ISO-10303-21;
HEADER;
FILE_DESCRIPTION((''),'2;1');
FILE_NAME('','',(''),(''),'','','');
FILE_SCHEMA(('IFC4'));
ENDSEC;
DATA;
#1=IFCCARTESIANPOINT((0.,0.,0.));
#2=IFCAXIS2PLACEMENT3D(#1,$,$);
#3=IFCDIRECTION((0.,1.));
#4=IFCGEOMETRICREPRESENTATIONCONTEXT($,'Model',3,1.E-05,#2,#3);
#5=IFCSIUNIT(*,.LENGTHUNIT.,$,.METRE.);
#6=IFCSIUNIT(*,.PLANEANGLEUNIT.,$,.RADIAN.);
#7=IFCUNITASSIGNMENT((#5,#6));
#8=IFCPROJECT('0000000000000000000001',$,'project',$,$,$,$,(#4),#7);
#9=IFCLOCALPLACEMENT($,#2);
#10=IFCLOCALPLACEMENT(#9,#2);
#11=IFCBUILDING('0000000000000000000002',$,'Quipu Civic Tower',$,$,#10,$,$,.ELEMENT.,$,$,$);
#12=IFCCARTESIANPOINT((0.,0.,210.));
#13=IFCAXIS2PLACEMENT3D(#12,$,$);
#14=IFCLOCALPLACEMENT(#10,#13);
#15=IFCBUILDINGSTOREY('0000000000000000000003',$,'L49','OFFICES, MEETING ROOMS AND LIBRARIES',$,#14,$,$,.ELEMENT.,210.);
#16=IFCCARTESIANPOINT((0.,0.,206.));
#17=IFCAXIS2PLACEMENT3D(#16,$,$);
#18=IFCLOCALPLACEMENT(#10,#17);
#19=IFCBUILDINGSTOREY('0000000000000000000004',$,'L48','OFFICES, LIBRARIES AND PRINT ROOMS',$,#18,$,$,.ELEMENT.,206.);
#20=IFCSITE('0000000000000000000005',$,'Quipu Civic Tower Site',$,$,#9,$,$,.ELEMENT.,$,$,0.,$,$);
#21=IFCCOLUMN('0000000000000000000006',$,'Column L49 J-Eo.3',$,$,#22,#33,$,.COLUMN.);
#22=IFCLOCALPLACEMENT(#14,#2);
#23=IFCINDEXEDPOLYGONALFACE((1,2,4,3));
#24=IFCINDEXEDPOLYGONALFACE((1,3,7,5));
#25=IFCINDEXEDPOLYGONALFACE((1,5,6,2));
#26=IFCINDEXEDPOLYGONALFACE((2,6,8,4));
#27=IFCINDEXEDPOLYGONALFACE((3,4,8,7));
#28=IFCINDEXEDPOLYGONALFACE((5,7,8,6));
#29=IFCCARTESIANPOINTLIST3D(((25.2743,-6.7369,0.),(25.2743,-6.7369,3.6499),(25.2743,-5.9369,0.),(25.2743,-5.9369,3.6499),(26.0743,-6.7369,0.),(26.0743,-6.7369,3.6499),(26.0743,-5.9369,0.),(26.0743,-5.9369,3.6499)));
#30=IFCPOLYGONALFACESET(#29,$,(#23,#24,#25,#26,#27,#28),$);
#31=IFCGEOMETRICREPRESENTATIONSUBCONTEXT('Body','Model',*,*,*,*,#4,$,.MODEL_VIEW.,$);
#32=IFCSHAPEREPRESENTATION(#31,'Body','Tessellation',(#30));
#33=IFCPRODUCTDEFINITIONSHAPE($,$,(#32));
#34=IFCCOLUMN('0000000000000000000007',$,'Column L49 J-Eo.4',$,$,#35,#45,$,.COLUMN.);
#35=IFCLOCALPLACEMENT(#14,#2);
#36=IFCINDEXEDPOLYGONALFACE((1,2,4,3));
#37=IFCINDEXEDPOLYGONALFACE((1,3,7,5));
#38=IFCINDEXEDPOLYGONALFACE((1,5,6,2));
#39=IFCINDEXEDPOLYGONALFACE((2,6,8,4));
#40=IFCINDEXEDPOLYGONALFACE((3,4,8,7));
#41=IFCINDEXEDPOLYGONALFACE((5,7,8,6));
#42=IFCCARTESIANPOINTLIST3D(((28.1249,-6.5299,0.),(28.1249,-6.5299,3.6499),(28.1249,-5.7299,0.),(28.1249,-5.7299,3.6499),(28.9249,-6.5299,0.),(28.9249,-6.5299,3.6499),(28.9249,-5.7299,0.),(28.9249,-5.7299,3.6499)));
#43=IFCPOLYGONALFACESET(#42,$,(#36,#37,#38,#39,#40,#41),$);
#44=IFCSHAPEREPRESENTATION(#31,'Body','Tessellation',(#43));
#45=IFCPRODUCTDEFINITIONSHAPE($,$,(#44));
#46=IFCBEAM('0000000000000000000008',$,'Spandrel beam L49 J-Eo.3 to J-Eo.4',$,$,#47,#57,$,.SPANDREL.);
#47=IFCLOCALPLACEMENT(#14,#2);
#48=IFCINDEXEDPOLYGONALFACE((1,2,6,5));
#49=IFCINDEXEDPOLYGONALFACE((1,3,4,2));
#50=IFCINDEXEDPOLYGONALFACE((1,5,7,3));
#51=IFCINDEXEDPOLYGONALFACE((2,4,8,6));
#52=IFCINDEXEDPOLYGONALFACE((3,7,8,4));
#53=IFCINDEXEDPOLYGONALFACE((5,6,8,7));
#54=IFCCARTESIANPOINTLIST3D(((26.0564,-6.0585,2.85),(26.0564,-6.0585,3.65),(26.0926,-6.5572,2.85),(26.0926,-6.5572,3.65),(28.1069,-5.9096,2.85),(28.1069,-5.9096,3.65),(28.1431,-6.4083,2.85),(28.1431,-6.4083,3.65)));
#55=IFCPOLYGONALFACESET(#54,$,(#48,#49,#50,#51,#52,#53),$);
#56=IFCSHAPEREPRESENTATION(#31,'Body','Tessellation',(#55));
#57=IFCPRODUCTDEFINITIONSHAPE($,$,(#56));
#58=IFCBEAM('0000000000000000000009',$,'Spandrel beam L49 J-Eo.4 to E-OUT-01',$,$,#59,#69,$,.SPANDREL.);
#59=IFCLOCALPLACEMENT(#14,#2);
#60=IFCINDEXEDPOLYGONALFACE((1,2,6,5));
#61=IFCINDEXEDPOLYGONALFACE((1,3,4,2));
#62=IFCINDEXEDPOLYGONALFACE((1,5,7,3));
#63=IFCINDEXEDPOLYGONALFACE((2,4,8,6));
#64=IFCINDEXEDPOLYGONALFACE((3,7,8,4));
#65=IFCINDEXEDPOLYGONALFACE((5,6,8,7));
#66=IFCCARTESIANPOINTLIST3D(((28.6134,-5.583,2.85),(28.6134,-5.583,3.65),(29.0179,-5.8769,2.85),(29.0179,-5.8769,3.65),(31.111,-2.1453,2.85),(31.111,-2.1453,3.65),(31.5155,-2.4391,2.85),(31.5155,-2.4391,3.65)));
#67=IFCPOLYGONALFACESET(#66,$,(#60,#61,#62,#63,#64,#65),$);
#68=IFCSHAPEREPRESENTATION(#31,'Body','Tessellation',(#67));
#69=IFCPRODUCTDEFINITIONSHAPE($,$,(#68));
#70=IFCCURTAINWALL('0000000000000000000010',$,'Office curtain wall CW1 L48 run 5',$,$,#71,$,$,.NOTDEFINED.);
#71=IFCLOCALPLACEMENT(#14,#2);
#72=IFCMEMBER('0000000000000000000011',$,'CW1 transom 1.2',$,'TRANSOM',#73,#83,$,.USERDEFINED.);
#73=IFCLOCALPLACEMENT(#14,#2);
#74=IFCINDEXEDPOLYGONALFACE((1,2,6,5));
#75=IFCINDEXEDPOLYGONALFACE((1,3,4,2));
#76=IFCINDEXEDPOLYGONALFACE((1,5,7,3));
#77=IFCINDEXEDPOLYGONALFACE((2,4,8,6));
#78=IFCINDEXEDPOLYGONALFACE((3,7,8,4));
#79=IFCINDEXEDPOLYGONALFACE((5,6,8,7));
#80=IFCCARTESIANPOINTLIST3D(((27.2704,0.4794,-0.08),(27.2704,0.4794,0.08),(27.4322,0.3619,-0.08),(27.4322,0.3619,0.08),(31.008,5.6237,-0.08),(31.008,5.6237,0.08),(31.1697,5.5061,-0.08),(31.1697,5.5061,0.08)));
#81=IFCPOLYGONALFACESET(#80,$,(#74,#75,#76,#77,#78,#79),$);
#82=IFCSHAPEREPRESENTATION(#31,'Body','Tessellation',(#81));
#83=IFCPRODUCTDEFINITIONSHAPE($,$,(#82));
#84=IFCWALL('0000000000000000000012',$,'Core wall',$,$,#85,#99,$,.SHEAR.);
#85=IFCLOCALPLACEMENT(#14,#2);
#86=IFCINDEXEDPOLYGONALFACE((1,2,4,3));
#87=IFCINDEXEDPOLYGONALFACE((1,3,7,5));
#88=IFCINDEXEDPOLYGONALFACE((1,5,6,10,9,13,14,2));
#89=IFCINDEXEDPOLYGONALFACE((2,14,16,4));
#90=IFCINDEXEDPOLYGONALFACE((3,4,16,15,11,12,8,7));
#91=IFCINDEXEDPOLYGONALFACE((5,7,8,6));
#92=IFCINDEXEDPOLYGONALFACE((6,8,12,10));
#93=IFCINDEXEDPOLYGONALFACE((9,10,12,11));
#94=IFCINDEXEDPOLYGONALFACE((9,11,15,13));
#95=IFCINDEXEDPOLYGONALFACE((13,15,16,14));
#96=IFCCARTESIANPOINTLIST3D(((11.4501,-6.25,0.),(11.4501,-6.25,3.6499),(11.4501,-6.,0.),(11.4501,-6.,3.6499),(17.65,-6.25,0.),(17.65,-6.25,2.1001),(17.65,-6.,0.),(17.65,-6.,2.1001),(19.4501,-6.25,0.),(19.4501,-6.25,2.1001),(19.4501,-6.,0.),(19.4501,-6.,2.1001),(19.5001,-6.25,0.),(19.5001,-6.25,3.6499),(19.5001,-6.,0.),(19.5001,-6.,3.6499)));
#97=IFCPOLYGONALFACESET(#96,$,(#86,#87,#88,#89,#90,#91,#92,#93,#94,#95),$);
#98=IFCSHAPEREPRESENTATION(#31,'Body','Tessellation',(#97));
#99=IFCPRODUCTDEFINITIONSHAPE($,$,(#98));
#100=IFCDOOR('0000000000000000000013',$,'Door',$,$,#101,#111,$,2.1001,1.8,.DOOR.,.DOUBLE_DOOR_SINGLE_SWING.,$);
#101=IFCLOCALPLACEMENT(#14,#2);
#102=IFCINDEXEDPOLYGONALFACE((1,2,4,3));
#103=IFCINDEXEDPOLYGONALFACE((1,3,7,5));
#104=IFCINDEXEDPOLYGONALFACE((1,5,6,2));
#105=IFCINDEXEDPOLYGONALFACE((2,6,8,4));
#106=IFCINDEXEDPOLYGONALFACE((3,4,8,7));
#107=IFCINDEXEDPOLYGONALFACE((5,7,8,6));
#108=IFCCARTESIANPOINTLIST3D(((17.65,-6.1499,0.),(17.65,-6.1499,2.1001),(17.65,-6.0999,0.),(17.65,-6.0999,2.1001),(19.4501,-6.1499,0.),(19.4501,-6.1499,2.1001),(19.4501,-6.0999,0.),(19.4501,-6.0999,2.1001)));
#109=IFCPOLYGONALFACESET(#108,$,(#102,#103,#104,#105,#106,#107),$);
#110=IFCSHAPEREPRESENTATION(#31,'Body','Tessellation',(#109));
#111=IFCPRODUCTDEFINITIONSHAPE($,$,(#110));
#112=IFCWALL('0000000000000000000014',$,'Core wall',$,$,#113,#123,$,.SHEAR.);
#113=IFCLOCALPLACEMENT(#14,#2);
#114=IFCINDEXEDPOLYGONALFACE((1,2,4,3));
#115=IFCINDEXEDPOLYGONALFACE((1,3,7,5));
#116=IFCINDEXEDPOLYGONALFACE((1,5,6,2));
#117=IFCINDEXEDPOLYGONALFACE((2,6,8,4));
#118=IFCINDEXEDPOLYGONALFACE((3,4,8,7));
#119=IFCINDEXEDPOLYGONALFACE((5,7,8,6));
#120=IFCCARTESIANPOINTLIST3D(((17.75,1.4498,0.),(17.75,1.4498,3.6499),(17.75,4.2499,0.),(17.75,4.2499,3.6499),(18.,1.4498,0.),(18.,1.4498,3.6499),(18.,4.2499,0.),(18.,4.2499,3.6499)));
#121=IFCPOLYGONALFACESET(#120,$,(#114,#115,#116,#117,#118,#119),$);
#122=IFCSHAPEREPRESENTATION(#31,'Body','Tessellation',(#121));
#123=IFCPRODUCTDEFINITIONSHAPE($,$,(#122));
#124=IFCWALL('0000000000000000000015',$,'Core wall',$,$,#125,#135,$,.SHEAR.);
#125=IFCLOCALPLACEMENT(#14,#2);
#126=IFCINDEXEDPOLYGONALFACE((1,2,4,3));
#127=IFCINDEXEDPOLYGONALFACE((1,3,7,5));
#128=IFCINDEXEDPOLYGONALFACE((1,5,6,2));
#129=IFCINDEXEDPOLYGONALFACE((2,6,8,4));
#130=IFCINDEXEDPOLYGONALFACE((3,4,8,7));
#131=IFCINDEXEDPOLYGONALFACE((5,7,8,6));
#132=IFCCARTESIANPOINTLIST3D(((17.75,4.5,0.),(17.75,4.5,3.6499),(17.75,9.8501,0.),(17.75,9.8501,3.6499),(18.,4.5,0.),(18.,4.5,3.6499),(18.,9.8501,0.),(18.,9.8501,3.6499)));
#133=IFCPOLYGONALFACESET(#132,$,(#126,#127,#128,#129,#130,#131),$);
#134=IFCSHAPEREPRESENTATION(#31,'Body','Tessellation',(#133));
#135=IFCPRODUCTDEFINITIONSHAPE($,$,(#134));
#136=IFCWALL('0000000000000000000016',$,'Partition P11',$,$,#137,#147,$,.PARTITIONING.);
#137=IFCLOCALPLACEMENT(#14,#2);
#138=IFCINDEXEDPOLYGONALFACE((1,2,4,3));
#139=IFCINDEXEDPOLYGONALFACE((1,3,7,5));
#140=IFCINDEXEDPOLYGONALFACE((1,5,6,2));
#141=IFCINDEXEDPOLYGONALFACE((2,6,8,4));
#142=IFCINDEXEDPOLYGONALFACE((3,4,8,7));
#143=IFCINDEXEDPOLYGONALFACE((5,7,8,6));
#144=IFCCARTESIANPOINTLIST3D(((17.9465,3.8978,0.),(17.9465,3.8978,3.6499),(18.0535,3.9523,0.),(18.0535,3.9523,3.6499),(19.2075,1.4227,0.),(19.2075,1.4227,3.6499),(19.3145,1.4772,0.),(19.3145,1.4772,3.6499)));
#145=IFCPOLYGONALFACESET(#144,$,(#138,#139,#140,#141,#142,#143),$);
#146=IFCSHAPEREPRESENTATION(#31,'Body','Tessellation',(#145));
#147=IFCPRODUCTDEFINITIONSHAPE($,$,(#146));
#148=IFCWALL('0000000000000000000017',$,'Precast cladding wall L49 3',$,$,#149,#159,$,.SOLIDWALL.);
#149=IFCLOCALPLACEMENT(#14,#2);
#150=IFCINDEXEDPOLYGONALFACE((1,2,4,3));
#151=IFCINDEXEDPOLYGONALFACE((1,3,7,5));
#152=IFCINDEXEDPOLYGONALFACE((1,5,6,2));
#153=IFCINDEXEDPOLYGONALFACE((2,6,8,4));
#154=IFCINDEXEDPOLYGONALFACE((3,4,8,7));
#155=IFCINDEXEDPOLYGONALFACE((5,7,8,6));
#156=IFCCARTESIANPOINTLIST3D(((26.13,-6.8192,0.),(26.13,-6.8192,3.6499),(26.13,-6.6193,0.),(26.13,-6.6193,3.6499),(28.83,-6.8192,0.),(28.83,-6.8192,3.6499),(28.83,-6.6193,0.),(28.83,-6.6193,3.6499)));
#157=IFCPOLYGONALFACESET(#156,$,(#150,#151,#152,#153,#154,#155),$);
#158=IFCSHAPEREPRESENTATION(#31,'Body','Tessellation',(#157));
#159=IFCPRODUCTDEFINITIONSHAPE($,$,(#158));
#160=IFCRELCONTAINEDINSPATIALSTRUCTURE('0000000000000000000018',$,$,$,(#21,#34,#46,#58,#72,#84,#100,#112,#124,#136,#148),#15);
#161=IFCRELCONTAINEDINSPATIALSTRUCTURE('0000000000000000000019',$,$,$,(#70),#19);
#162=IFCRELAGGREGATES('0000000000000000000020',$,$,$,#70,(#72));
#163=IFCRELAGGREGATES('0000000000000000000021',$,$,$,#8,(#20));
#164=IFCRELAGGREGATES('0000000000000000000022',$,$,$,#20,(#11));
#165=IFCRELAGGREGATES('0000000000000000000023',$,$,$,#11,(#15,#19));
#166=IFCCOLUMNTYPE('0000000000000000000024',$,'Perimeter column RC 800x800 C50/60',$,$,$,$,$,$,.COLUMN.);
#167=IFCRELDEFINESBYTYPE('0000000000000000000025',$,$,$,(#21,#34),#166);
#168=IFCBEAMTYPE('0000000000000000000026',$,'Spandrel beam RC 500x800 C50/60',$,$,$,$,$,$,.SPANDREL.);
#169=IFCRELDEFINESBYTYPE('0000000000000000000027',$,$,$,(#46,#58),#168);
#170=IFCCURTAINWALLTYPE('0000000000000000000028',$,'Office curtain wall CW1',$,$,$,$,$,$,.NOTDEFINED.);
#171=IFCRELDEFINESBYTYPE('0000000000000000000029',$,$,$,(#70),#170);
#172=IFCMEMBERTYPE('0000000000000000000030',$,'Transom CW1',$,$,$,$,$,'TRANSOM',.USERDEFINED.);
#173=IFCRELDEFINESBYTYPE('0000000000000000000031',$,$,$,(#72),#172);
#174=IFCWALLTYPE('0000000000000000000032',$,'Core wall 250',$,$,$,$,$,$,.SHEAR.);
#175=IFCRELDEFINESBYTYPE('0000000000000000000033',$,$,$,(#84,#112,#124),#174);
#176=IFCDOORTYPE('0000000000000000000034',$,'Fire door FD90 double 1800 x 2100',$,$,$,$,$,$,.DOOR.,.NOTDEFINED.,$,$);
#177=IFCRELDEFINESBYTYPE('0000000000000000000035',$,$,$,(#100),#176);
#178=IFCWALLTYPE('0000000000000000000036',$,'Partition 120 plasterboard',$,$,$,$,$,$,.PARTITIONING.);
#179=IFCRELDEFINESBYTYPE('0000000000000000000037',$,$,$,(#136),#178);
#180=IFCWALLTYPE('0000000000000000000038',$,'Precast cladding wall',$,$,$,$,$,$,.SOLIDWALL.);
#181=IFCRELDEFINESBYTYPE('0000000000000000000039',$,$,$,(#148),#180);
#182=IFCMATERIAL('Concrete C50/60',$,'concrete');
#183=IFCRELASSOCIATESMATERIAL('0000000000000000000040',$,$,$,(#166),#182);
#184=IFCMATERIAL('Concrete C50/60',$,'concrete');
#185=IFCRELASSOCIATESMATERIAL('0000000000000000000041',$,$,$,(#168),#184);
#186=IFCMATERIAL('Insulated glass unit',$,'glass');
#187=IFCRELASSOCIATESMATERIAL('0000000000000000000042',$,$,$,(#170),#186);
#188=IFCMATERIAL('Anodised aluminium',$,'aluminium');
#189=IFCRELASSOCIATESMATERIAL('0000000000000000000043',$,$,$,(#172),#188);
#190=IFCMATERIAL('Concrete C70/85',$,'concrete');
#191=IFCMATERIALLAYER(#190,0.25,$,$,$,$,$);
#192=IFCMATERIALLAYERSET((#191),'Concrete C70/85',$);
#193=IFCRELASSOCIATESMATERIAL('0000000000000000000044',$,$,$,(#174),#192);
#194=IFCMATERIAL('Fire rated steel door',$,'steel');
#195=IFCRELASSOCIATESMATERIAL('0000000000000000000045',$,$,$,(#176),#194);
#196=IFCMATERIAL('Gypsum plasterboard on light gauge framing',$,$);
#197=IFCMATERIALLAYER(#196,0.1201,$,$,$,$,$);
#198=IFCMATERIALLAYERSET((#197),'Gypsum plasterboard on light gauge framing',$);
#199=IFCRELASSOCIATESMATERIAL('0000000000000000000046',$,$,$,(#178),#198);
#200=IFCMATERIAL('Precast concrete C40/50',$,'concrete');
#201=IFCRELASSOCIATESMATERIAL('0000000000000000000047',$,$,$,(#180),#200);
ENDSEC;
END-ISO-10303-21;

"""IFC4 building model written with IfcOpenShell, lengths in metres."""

from ifc_helpers import new_model, si_unit, direction, frame, frame_2d, origin, origin_2d, place, context, subcontext, project, spatial, rectangle, extrude, material, layer, layer_set, material_profile, profile_set, type_object, element, fill, aggregate, save


model = new_model("IFC4")

# Units and contexts
model_context = context("Model", 3, precision=1e-05, world=origin(), true_north=direction((0.0, 1.0)))
body_context = subcontext(model_context, "Body", "Model", "MODEL_VIEW")
ifc_project = project(units=[si_unit("LENGTHUNIT", "METRE"), si_unit("PLANEANGLEUNIT", "RADIAN")], contexts=[model_context])

# Site, building, storey
site_placement = place(None, origin())
site = spatial("IfcSite", under=ifc_project, at=site_placement, Name="Quipu Civic Tower Site", CompositionType="ELEMENT", RefElevation=0.0)
building_placement = place(site_placement, origin())
building = spatial("IfcBuilding", under=site, at=building_placement, Name="Quipu Civic Tower", CompositionType="ELEMENT")
storey_1_placement = place(building_placement, frame((0.0, 0.0, 210.0)))
storey_1 = spatial("IfcBuildingStorey", under=building, at=storey_1_placement, Name="L49", Description="OFFICES, MEETING ROOMS AND LIBRARIES", CompositionType="ELEMENT", Elevation=210.0)

# Columns
ifc_material_1 = material(Name="Concrete C50/60", Category="concrete")
ifc_material_profile_1 = material_profile(ifc_material_1, rectangle(XDim=0.8, YDim=0.8, at=origin_2d()), Name="RC800x800")
ifc_profile_set_1 = profile_set([ifc_material_profile_1], Name="Concrete C50/60")
column_type = type_object("IfcColumnType", Name="Perimeter column RC 800x800 C50/60", PredefinedType="COLUMN", material=ifc_profile_set_1)
for number, where, z_axis, x_axis, name in (
    (1, (25.6743, -6.3369, 0.0), (0.0, 0.0, 1.0), (1.0, 0.0, 0.0), "Column L49 J-Eo.3"),
    (2, (28.5249, -6.1299, 0.0), (0.0, 0.0, 1.0), (1.0, 0.0, 0.0), "Column L49 J-Eo.4"),
):
    element("IfcColumn", number, at=place(storey_1_placement, frame(where, z_axis=z_axis, x_axis=x_axis)), inside=storey_1, type_object=column_type, Name=name, PredefinedType="COLUMN", context=body_context, shape_type="SweptSolid", body=[
        extrude(rectangle(XDim=0.8, YDim=0.8, at=origin_2d()), origin(), (0.0, 0.0, 1.0), 3.6499),
    ])

# Beams
ifc_material_2 = material(Name="Concrete C50/60", Category="concrete")
ifc_material_profile_2 = material_profile(ifc_material_2, rectangle(XDim=0.5, YDim=0.8, at=origin_2d()), Name="RC500x800")
ifc_profile_set_2 = profile_set([ifc_material_profile_2], Name="Concrete C50/60")
beam_type = type_object("IfcBeamType", Name="Spandrel beam RC 500x800 C50/60", PredefinedType="SPANDREL", material=ifc_profile_set_2)
beam_1_placement = place(storey_1_placement, frame((26.0745, -6.3079, 3.25), z_axis=(0.997373, 0.072437, 0.0), x_axis=(-0.072437, 0.997373, 0.0)))
element("IfcBeam", 3, at=beam_1_placement, inside=storey_1, type_object=beam_type, Name="Spandrel beam L49 J-Eo.3 to J-Eo.4", PredefinedType="SPANDREL", context=body_context, shape_type="SweptSolid", body=[
    extrude(rectangle(XDim=0.5, YDim=0.8, at=origin_2d()), origin(), (0.0, 0.0, 1.0), 2.0559),
])
beam_2_placement = place(storey_1_placement, frame((28.8157, -5.73, 3.25), z_axis=(0.587769, 0.809029, 0.0), x_axis=(-0.809029, 0.587769, 0.0)))
element("IfcBeam", 4, at=beam_2_placement, inside=storey_1, type_object=beam_type, Name="Spandrel beam L49 J-Eo.4 to E-OUT-01", PredefinedType="SPANDREL", context=body_context, shape_type="SweptSolid", body=[
    extrude(rectangle(XDim=0.5, YDim=0.8, at=origin_2d()), origin(), (0.0, 0.0, 1.0), 4.2493),
])

# Shared definitions
storey_2_placement = place(building_placement, frame((0.0, 0.0, 206.0)))
storey_2 = spatial("IfcBuildingStorey", under=building, at=storey_2_placement, Name="L48", Description="OFFICES, LIBRARIES AND PRINT ROOMS", CompositionType="ELEMENT", Elevation=206.0)

# Curtain wall, member
ifc_material_3 = material(Name="Insulated glass unit", Category="glass")
curtain_wall_type = type_object("IfcCurtainWallType", Name="Office curtain wall CW1", PredefinedType="NOTDEFINED", material=ifc_material_3)
curtain_wall_placement = place(storey_2_placement, origin())
curtain_wall = element("IfcCurtainWall", 5, at=curtain_wall_placement, inside=storey_2, type_object=curtain_wall_type, Name="Office curtain wall CW1 L48 run 5", PredefinedType="NOTDEFINED")
ifc_material_4 = material(Name="Anodised aluminium", Category="aluminium")
ifc_material_profile_3 = material_profile(ifc_material_4, rectangle(XDim=0.2, YDim=0.1599, at=origin_2d()), Name="RECT 200x160")
ifc_profile_set_3 = profile_set([ifc_material_profile_3], Name="Anodised aluminium")
member_type = type_object("IfcMemberType", Name="Transom CW1", ElementType="TRANSOM", PredefinedType="USERDEFINED", material=ifc_profile_set_3)
member_placement = place(storey_1_placement, frame((27.3513, 0.4207, 0.0), z_axis=(0.587786, 0.809017, 0.0), x_axis=(-0.809017, 0.587786, 0.0)))
member = element("IfcMember", 6, at=member_placement, inside=storey_1, type_object=member_type, Name="CW1 transom 1.2", ObjectType="TRANSOM", PredefinedType="USERDEFINED", context=body_context, shape_type="SweptSolid", body=[
    extrude(rectangle(XDim=0.2, YDim=0.1599, at=origin_2d()), origin(), (0.0, 0.0, 1.0), 6.3586),
])
aggregate(curtain_wall, [member])

# Wall, opening, door
ifc_material_5 = material(Name="Concrete C70/85", Category="concrete")
ifc_layer_1 = layer(ifc_material_5, 0.25)
ifc_layer_set_1 = layer_set([ifc_layer_1], Name="Concrete C70/85")
wall_type_1 = type_object("IfcWallType", Name="Core wall 250", PredefinedType="SHEAR", material=ifc_layer_set_1)
wall_1_placement = place(storey_1_placement, frame((19.5, -6.125, 0.0), z_axis=(0.0, 0.0, 1.0), x_axis=(-1.0, 0.0, 0.0)))
wall_1 = element("IfcWall", 7, at=wall_1_placement, inside=storey_1, type_object=wall_type_1, Name="Core wall", PredefinedType="SHEAR", context=body_context, shape_type="SweptSolid", body=[
    extrude(rectangle(XDim=8.05, YDim=0.25, at=frame_2d((4.0249, 0.0))), origin(), (0.0, 0.0, 1.0), 3.6499),
])
opening_1_placement = place(wall_1_placement, frame((0.05, 0.0, 0.0)))
opening_1 = element("IfcOpeningElement", 8, at=opening_1_placement, cuts=wall_1, PredefinedType="OPENING", context=body_context, shape_type="SweptSolid", body=[
    extrude(rectangle(XDim=1.8, YDim=2.1001, at=frame_2d((0.8999, 1.05))), frame((0.0, 0.135, 0.0), z_axis=(0.0, -1.0, 0.0), x_axis=(1.0, 0.0, 0.0)), (0.0, 0.0, 1.0), 0.27),
])
ifc_material_6 = material(Name="Fire rated steel door", Category="steel")
door_type_1 = type_object("IfcDoorType", Name="Fire door FD90 double 1800 x 2100", OperationType="NOTDEFINED", PredefinedType="DOOR", material=ifc_material_6)
door_1_placement = place(opening_1_placement, origin())
door_1 = element("IfcDoor", 9, at=door_1_placement, inside=storey_1, type_object=door_type_1, Name="Door", OperationType="DOUBLE_DOOR_SINGLE_SWING", OverallHeight=2.1001, OverallWidth=1.8, PredefinedType="DOOR", context=body_context, shape_type="SweptSolid", body=[
    extrude(rectangle(XDim=1.8, YDim=2.1001, at=frame_2d((0.8999, 1.05))), frame((0.0, 0.0249, 0.0), z_axis=(0.0, -1.0, 0.0), x_axis=(1.0, 0.0, 0.0)), (0.0, 0.0, 1.0), 0.05),
])
fill(opening_1, door_1)

# Walls
wall_2_placement = place(storey_1_placement, frame((17.875, 1.45, 0.0), z_axis=(0.0, 0.0, 1.0), x_axis=(0.0, 1.0, 0.0)))
element("IfcWall", 10, at=wall_2_placement, inside=storey_1, type_object=wall_type_1, Name="Core wall", PredefinedType="SHEAR", context=body_context, shape_type="SweptSolid", body=[
    extrude(rectangle(XDim=2.8, YDim=0.25, at=frame_2d((1.3999, 0.0))), origin(), (0.0, 0.0, 1.0), 3.6499),
])
wall_3_placement = place(storey_1_placement, frame((17.875, 4.5, 0.0), z_axis=(0.0, 0.0, 1.0), x_axis=(0.0, 1.0, 0.0)))
element("IfcWall", 11, at=wall_3_placement, inside=storey_1, type_object=wall_type_1, Name="Core wall", PredefinedType="SHEAR", context=body_context, shape_type="SweptSolid", body=[
    extrude(rectangle(XDim=5.3501, YDim=0.25, at=frame_2d((2.675, 0.0))), origin(), (0.0, 0.0, 1.0), 3.6499),
])

# Walls
ifc_material_7 = material(Name="Gypsum plasterboard on light gauge framing")
ifc_layer_2 = layer(ifc_material_7, 0.1201)
ifc_layer_set_2 = layer_set([ifc_layer_2], Name="Gypsum plasterboard on light gauge framing")
wall_type_2 = type_object("IfcWallType", Name="Partition 120 plasterboard", PredefinedType="PARTITIONING", material=ifc_layer_set_2)
wall_4_placement = place(storey_1_placement, frame((18.0, 3.925, 0.0), z_axis=(0.0, 0.0, 1.0), x_axis=(0.453951, -0.891027, 0.0)))
element("IfcWall", 12, at=wall_4_placement, inside=storey_1, type_object=wall_type_2, Name="Partition P11", PredefinedType="PARTITIONING", context=body_context, shape_type="SweptSolid", body=[
    extrude(rectangle(XDim=2.7778, YDim=0.1201, at=frame_2d((1.3889, 0.0))), origin(), (0.0, 0.0, 1.0), 3.6499),
])
ifc_material_8 = material(Name="Precast concrete C40/50", Category="concrete")
wall_type_3 = type_object("IfcWallType", Name="Precast cladding wall", PredefinedType="SOLIDWALL", material=ifc_material_8)
wall_5_placement = place(storey_1_placement, frame((26.1299, -6.7192, 0.0), z_axis=(0.0, 0.0, 1.0), x_axis=(1.0, 0.0, 0.0)))
element("IfcWall", 13, at=wall_5_placement, inside=storey_1, type_object=wall_type_3, Name="Precast cladding wall L49 3", PredefinedType="SOLIDWALL", context=body_context, shape_type="SweptSolid", body=[
    extrude(rectangle(XDim=2.7, YDim=0.2, at=frame_2d((1.3501, 0.0))), origin(), (0.0, 0.0, 1.0), 3.6499),
])

save(model, "model.ifc")
